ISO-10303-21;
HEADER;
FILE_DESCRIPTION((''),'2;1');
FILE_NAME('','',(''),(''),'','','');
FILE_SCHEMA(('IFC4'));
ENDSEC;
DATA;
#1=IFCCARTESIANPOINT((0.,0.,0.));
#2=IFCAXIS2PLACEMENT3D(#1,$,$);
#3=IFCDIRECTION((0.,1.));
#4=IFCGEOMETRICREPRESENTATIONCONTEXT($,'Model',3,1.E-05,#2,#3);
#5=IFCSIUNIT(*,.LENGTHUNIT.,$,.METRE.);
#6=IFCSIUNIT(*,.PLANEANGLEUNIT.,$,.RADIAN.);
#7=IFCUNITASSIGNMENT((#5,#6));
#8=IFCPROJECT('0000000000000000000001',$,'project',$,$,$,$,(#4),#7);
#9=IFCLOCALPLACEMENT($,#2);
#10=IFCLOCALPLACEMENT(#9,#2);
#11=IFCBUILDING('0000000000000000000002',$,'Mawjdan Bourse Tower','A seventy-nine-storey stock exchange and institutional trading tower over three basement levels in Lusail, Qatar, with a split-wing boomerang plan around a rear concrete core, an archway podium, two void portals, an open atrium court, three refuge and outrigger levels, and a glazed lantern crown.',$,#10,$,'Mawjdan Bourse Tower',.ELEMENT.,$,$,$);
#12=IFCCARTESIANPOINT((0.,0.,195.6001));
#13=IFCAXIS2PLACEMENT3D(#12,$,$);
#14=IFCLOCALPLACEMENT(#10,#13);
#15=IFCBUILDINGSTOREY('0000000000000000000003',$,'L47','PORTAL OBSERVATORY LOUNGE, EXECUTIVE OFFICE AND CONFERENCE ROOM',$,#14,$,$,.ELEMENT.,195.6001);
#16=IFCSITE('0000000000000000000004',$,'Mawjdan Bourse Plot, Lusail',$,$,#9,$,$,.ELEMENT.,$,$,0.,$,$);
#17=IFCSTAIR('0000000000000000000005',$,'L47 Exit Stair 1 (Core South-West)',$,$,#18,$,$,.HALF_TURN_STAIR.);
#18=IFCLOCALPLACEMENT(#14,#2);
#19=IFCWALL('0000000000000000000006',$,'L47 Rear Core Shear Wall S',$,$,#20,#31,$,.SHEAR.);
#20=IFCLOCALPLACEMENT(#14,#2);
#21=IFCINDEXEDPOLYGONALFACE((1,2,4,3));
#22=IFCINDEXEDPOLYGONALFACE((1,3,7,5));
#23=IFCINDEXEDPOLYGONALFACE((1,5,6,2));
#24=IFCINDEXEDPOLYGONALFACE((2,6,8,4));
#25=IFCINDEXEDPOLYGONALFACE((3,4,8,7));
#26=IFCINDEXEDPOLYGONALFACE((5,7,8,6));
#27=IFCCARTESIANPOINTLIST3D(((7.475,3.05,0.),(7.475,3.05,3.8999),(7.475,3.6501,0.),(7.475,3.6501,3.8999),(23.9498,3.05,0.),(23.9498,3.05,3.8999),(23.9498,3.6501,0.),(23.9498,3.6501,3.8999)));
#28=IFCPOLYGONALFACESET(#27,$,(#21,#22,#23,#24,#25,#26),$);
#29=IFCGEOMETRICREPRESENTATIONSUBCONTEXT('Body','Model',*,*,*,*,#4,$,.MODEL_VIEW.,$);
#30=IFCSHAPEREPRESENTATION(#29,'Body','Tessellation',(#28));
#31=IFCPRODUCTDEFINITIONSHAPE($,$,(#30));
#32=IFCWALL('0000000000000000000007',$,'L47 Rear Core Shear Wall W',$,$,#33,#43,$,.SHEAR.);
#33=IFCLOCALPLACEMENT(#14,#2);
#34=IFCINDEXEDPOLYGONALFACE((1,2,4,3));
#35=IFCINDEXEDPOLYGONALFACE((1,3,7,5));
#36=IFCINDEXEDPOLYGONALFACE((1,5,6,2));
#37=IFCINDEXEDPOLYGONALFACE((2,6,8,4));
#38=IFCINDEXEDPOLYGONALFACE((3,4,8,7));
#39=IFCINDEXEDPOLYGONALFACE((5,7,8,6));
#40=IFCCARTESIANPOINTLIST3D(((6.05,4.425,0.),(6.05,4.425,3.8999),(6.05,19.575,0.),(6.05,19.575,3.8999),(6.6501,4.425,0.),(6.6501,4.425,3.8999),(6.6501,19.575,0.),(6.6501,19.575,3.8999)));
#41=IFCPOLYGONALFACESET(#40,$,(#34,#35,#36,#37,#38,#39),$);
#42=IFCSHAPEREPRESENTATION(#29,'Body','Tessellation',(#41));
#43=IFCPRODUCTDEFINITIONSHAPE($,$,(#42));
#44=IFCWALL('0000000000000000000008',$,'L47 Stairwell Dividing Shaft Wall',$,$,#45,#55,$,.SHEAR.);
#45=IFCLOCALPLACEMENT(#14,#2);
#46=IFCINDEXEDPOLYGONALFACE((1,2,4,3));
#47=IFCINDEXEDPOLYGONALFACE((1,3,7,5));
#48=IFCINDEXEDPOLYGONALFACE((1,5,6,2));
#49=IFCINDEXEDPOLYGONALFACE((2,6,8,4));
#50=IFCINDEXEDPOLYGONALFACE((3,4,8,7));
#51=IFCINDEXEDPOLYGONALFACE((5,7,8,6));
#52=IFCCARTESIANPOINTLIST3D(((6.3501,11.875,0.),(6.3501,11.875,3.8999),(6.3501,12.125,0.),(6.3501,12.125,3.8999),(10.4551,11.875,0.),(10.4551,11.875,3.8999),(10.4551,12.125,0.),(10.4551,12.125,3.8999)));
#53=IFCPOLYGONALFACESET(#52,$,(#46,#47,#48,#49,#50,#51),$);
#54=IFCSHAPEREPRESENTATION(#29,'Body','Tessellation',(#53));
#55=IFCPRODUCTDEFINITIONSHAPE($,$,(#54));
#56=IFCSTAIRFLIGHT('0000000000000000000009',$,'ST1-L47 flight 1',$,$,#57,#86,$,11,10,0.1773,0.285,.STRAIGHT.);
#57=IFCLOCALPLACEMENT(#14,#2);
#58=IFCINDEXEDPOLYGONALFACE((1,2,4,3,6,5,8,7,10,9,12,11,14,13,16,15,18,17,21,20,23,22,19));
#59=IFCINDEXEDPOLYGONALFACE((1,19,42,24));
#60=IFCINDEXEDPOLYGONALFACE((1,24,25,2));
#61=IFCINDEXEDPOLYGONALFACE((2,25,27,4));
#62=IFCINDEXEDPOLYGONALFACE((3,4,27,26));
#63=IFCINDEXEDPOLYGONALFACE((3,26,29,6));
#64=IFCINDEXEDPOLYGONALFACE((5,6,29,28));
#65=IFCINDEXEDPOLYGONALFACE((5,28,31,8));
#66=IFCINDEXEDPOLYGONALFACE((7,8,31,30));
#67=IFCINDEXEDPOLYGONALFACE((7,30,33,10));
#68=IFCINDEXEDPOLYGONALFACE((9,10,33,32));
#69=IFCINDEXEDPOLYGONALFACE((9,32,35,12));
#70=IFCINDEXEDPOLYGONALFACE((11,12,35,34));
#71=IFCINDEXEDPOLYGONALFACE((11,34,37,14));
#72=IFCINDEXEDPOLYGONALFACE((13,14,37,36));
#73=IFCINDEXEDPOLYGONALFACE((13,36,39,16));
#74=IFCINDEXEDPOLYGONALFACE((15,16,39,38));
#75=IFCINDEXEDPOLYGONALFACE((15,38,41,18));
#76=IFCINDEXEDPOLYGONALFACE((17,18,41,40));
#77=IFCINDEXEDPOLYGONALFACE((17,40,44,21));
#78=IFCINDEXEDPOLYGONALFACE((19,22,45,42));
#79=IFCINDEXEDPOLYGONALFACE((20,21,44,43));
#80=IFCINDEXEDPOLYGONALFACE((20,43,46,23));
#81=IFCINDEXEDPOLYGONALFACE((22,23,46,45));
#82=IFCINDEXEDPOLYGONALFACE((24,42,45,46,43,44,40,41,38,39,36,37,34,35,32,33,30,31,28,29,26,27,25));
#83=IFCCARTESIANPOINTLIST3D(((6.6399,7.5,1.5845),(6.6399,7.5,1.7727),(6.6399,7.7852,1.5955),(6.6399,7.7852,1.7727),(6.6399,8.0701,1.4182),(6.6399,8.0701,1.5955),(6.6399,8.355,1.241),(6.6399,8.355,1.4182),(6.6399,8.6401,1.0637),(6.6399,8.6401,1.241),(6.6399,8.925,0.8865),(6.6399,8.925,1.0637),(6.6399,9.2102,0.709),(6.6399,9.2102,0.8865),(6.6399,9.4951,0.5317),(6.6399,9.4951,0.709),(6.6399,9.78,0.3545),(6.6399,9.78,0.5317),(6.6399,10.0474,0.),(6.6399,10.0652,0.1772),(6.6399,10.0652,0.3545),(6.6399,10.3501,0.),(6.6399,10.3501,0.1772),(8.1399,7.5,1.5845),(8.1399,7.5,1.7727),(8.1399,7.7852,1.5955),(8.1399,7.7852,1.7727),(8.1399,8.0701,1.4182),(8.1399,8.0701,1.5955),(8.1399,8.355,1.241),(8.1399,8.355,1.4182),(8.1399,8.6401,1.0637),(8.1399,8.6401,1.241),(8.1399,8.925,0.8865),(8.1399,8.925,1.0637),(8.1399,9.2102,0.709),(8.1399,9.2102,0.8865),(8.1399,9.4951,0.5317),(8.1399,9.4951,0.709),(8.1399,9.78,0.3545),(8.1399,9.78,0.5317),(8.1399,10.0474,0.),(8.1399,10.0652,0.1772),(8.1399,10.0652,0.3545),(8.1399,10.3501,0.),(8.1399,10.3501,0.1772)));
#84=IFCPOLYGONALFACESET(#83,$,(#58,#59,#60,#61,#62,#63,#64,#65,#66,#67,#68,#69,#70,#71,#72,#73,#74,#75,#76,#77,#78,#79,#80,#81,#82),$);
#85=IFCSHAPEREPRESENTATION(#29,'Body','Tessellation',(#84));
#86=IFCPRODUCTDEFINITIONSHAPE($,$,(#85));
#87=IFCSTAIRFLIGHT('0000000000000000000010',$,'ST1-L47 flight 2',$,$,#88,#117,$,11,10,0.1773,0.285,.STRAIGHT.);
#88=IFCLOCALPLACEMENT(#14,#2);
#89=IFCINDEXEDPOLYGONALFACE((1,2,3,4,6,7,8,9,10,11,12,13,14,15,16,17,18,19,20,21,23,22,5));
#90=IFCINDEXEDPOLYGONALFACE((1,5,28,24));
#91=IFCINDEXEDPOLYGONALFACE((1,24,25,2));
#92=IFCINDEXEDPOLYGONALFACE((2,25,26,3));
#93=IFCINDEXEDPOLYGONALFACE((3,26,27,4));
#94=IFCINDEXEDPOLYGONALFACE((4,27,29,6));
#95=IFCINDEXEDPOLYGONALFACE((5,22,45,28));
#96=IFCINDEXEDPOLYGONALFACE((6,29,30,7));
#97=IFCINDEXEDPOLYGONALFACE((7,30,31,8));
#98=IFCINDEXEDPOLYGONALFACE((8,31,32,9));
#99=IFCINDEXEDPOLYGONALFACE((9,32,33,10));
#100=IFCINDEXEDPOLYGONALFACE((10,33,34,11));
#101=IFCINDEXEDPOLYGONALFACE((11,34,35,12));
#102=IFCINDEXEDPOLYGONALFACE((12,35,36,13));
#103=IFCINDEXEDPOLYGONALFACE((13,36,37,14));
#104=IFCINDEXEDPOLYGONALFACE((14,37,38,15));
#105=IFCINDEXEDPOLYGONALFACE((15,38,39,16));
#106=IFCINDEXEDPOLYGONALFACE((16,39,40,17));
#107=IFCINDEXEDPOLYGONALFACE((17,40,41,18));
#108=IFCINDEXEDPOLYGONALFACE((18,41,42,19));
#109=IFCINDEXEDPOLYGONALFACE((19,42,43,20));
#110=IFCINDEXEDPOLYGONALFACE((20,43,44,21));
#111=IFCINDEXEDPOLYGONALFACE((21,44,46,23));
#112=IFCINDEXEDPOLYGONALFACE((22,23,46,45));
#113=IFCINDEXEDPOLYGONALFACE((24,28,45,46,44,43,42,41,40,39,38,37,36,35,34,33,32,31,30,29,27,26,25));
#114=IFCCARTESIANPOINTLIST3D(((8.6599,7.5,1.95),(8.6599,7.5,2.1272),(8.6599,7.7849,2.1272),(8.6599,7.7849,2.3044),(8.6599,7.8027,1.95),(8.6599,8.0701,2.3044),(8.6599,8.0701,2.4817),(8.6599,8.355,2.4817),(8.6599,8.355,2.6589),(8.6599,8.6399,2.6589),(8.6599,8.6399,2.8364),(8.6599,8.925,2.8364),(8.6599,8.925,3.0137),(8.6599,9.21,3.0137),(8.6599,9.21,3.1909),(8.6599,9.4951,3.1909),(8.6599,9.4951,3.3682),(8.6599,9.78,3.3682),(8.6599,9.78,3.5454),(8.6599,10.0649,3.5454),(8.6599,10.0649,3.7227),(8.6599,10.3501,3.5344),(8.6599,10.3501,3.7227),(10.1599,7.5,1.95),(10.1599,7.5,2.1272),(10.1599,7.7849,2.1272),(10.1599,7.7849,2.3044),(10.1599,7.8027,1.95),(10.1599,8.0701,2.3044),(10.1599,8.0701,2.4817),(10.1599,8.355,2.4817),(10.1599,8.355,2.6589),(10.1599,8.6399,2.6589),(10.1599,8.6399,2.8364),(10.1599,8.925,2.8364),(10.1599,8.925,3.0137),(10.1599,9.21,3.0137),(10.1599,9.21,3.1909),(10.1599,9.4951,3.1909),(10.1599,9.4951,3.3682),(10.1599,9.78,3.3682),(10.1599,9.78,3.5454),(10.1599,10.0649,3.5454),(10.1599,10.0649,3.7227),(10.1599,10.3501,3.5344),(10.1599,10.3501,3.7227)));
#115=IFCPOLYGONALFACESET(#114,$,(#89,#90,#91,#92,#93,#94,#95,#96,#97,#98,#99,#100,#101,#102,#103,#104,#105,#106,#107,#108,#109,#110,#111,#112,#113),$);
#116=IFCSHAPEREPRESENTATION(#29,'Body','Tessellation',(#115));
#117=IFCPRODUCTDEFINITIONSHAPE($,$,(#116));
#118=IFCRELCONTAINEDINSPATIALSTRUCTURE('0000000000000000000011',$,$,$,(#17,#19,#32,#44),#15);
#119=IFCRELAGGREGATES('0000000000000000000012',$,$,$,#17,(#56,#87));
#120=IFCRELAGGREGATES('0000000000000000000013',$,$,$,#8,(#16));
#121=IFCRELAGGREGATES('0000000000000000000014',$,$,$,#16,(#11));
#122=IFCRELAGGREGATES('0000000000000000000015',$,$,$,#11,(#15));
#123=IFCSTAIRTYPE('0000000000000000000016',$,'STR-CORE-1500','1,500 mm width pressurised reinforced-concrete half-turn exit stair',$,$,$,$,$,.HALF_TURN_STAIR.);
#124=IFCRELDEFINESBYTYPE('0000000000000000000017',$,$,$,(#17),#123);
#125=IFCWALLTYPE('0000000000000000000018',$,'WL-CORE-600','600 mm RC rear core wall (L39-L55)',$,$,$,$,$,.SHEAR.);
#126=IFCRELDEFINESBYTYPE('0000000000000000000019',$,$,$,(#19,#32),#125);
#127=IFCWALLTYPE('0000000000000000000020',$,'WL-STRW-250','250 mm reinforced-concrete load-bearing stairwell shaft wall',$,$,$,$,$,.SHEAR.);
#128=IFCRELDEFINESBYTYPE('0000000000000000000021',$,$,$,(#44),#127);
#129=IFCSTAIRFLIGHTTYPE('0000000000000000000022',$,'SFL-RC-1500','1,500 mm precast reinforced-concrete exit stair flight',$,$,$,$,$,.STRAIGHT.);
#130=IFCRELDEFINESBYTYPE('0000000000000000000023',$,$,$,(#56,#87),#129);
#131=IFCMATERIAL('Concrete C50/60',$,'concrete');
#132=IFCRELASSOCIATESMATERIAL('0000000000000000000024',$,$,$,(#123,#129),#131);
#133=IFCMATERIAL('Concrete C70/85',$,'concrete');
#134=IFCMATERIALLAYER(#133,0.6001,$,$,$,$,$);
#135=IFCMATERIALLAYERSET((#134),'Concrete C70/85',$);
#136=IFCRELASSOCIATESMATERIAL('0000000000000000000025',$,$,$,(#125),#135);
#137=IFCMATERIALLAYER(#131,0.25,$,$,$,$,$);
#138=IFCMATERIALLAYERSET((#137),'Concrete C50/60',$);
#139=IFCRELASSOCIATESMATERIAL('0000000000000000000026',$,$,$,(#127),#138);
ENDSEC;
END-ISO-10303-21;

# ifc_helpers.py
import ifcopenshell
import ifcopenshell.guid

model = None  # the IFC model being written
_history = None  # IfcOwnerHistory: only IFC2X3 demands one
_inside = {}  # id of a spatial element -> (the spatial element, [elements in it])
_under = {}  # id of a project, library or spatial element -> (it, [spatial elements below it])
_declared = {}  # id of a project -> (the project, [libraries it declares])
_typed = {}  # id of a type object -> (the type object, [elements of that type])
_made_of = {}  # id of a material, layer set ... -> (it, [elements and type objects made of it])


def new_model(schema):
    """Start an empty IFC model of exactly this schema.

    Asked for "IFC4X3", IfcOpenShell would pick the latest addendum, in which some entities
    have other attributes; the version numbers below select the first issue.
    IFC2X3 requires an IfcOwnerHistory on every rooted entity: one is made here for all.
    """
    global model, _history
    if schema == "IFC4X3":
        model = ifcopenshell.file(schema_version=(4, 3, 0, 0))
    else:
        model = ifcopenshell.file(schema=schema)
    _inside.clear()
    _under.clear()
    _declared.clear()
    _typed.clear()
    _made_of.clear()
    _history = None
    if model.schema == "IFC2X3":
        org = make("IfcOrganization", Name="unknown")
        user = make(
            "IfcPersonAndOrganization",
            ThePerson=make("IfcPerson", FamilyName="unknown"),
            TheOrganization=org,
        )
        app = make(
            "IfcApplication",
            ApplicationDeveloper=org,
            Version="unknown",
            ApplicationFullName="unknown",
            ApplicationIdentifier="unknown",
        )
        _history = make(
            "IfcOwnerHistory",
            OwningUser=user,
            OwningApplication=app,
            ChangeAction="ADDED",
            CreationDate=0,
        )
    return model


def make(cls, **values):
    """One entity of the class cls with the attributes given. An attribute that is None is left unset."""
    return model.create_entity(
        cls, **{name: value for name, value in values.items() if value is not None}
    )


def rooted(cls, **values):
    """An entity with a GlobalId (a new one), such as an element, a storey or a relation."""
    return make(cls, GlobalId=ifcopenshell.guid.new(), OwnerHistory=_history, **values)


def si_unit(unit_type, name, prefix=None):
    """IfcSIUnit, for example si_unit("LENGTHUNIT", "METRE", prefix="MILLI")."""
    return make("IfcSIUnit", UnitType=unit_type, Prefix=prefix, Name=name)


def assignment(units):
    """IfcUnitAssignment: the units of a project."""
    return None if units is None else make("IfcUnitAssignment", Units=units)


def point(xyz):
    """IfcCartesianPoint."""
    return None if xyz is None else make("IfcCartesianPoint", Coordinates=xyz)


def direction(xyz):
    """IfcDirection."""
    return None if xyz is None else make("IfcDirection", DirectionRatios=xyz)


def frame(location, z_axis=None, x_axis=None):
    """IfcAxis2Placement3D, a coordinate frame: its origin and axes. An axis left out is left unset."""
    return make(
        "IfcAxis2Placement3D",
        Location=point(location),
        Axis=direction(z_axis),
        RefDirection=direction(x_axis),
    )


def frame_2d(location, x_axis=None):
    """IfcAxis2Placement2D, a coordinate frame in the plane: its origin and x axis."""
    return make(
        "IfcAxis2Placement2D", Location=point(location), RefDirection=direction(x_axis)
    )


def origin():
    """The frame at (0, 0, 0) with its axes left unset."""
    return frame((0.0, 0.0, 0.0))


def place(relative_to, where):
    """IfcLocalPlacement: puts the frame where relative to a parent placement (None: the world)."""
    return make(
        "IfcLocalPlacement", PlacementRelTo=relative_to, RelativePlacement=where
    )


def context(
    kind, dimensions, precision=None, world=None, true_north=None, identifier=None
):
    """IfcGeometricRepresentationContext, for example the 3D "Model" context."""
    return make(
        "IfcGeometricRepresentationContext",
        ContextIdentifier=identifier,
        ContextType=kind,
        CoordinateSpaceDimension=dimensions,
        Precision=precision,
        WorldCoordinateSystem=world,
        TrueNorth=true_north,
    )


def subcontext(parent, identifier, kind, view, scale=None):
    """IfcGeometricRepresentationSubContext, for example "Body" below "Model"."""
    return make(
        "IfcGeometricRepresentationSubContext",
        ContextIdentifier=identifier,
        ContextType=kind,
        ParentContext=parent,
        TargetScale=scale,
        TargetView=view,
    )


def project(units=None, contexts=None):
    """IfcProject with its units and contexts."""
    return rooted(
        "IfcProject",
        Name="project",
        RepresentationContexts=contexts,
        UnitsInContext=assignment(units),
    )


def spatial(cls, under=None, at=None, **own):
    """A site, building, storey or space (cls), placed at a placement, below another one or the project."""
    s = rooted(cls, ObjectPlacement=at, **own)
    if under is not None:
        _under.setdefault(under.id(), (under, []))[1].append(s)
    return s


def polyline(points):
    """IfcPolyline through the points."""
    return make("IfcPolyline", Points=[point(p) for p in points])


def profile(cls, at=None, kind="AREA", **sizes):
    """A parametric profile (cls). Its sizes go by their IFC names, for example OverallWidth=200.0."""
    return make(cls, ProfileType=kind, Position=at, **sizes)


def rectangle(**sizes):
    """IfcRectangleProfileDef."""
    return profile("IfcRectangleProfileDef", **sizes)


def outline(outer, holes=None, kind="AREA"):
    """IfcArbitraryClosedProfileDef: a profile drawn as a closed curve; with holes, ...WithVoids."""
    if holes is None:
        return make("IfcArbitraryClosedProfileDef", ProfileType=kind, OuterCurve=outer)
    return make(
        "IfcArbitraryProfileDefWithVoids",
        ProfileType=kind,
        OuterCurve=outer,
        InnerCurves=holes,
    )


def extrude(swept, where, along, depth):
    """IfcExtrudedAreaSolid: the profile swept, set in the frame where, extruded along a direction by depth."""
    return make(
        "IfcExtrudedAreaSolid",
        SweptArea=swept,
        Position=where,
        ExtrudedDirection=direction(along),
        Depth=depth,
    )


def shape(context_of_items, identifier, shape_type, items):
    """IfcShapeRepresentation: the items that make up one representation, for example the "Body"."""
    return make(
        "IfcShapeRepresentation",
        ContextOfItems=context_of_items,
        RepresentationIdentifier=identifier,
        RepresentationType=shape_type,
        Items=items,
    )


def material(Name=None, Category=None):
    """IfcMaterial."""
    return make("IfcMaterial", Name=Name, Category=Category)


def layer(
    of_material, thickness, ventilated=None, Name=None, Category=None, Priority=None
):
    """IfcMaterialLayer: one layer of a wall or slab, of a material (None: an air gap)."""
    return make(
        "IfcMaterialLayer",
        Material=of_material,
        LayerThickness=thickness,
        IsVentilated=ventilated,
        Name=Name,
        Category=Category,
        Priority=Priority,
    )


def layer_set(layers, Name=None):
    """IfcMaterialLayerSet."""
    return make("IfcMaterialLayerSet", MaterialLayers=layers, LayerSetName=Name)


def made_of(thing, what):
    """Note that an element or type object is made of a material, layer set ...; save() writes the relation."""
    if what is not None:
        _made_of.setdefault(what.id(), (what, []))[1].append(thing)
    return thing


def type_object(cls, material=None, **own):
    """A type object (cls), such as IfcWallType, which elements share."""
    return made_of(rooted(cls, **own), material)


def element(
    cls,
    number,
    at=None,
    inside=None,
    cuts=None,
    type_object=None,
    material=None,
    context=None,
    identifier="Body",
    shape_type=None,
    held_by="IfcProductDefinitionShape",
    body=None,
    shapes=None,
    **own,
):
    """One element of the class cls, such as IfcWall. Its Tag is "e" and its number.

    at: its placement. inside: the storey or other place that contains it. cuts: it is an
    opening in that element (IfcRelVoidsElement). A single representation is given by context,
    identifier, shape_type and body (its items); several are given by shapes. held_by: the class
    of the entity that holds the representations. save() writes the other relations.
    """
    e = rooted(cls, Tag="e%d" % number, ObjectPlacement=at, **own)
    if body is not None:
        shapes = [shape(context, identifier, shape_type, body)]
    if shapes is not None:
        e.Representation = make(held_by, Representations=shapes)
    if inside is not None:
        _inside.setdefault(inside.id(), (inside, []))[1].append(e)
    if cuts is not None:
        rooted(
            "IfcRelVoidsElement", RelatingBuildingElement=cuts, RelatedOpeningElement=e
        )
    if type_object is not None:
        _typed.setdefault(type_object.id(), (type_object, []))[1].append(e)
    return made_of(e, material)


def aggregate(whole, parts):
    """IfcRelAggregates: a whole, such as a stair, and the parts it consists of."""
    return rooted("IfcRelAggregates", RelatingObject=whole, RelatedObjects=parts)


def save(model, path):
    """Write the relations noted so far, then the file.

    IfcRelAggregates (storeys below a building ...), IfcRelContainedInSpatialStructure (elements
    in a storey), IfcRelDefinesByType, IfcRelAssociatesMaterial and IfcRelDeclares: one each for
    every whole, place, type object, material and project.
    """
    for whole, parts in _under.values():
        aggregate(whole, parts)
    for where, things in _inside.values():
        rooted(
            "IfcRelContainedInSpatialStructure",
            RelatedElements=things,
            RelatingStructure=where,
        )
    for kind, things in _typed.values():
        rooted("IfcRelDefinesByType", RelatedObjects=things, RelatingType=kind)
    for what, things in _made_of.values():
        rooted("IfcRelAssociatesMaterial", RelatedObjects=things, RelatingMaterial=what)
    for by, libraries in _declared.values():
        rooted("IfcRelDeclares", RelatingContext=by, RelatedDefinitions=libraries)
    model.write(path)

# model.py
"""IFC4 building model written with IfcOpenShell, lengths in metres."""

from ifc_helpers import new_model, si_unit, direction, frame, frame_2d, origin, place, context, subcontext, project, spatial, polyline, rectangle, outline, extrude, material, layer, layer_set, type_object, element, aggregate, save


model = new_model("IFC4")

# Units and contexts
model_context = context("Model", 3, precision=1e-05, world=origin(), true_north=direction((0.0, 1.0)))
body_context = subcontext(model_context, "Body", "Model", "MODEL_VIEW")
ifc_project = project(units=[si_unit("LENGTHUNIT", "METRE"), si_unit("PLANEANGLEUNIT", "RADIAN")], contexts=[model_context])

# Site, building, storey
site_placement = place(None, origin())
site = spatial("IfcSite", under=ifc_project, at=site_placement, Name="Mawjdan Bourse Plot, Lusail", CompositionType="ELEMENT", RefElevation=0.0)
building_placement = place(site_placement, origin())
building = spatial("IfcBuilding", under=site, at=building_placement, Name="Mawjdan Bourse Tower", Description="A seventy-nine-storey stock exchange and institutional trading tower over three basement levels in Lusail, Qatar, with a split-wing boomerang plan around a rear concrete core, an archway podium, two void portals, an open atrium court, three refuge and outrigger levels, and a glazed lantern crown.", LongName="Mawjdan Bourse Tower", CompositionType="ELEMENT")
storey_placement = place(building_placement, frame((0.0, 0.0, 195.6001)))
storey = spatial("IfcBuildingStorey", under=building, at=storey_placement, Name="L47", Description="PORTAL OBSERVATORY LOUNGE, EXECUTIVE OFFICE AND CONFERENCE ROOM", CompositionType="ELEMENT", Elevation=195.6001)

# Stair
ifc_material_1 = material(Name="Concrete C50/60", Category="concrete")
stair_type = type_object("IfcStairType", Name="STR-CORE-1500", Description="1,500 mm width pressurised reinforced-concrete half-turn exit stair", PredefinedType="HALF_TURN_STAIR", material=ifc_material_1)
stair_1_placement = place(storey_placement, origin())
stair_1 = element("IfcStair", 1, at=stair_1_placement, inside=storey, type_object=stair_type, Name="L47 Exit Stair 1 (Core South-West)", PredefinedType="HALF_TURN_STAIR")

# Walls
ifc_material_2 = material(Name="Concrete C70/85", Category="concrete")
ifc_layer_1 = layer(ifc_material_2, 0.6001)
ifc_layer_set_1 = layer_set([ifc_layer_1], Name="Concrete C70/85")
wall_type_1 = type_object("IfcWallType", Name="WL-CORE-600", Description="600 mm RC rear core wall (L39-L55)", PredefinedType="SHEAR", material=ifc_layer_set_1)
wall_1_placement = place(storey_placement, frame((7.4751, 3.3501, 0.0), z_axis=(0.0, 0.0, 1.0), x_axis=(1.0, 0.0, 0.0)))
element("IfcWall", 2, at=wall_1_placement, inside=storey, type_object=wall_type_1, Name="L47 Rear Core Shear Wall S", PredefinedType="SHEAR", context=body_context, shape_type="SweptSolid", body=[
    extrude(rectangle(XDim=16.4749, YDim=0.6001, at=frame_2d((8.2373, 0.0))), origin(), (0.0, 0.0, 1.0), 3.8999),
])
wall_2_placement = place(storey_placement, frame((6.3501, 4.425, 0.0), z_axis=(0.0, 0.0, 1.0), x_axis=(0.0, 1.0, 0.0)))
element("IfcWall", 3, at=wall_2_placement, inside=storey, type_object=wall_type_1, Name="L47 Rear Core Shear Wall W", PredefinedType="SHEAR", context=body_context, shape_type="SweptSolid", body=[
    extrude(rectangle(XDim=15.1499, YDim=0.6001, at=frame_2d((7.575, 0.0))), origin(), (0.0, 0.0, 1.0), 3.8999),
])
ifc_layer_2 = layer(ifc_material_1, 0.25)
ifc_layer_set_2 = layer_set([ifc_layer_2], Name="Concrete C50/60")
wall_type_2 = type_object("IfcWallType", Name="WL-STRW-250", Description="250 mm reinforced-concrete load-bearing stairwell shaft wall", PredefinedType="SHEAR", material=ifc_layer_set_2)
wall_3_placement = place(storey_placement, frame((6.3501, 12.0, 0.0), z_axis=(0.0, 0.0, 1.0), x_axis=(1.0, 0.0, 0.0)))
element("IfcWall", 4, at=wall_3_placement, inside=storey, type_object=wall_type_2, Name="L47 Stairwell Dividing Shaft Wall", PredefinedType="SHEAR", context=body_context, shape_type="SweptSolid", body=[
    extrude(rectangle(XDim=4.105, YDim=0.25, at=frame_2d((2.0525, 0.0))), origin(), (0.0, 0.0, 1.0), 3.8999),
])

# Stair flights
stair_flight_type = type_object("IfcStairFlightType", Name="SFL-RC-1500", Description="1,500 mm precast reinforced-concrete exit stair flight", PredefinedType="STRAIGHT", material=ifc_material_1)
stair_flight_1_placement = place(storey_placement, frame((7.3899, 10.3501, 0.0), z_axis=(0.0, 0.0, 1.0), x_axis=(0.0, -1.0, 0.0)))
stair_flight_1 = element("IfcStairFlight", 5, at=stair_flight_1_placement, type_object=stair_flight_type, Name="ST1-L47 flight 1", NumberOfRisers=11, NumberOfTreads=10, PredefinedType="STRAIGHT", RiserHeight=0.1773, TreadLength=0.285, context=body_context, shape_type="SweptSolid", body=[
    extrude(outline(polyline([(0.0, 0.0), (0.0, 0.1772), (0.2849, 0.1772), (0.2849, 0.3545), (0.5701, 0.3545), (0.5701, 0.5317), (0.855, 0.5317), (0.855, 0.709), (1.1399, 0.709), (1.1399, 0.8865), (1.425, 0.8865), (1.425, 1.0637), (1.71, 1.0637), (1.71, 1.241), (1.9951, 1.241), (1.9951, 1.4182), (2.28, 1.4182), (2.28, 1.5955), (2.5649, 1.5955), (2.5649, 1.7727), (2.8501, 1.7727), (2.8501, 1.95), (2.8501, 1.5845), (0.3027, 0.0), (0.0, 0.0)])), frame((0.0, 0.75, 0.0), z_axis=(0.0, -1.0, 0.0), x_axis=(1.0, 0.0, 0.0)), (0.0, 0.0, 1.0), 1.5),
])
stair_flight_2_placement = place(storey_placement, frame((9.4099, 7.5, 1.95), z_axis=(0.0, 0.0, 1.0), x_axis=(0.0, 1.0, 0.0)))
stair_flight_2 = element("IfcStairFlight", 6, at=stair_flight_2_placement, type_object=stair_flight_type, Name="ST1-L47 flight 2", NumberOfRisers=11, NumberOfTreads=10, PredefinedType="STRAIGHT", RiserHeight=0.1773, TreadLength=0.285, context=body_context, shape_type="SweptSolid", body=[
    extrude(outline(polyline([(0.0, 0.0), (0.0, 0.1772), (0.2849, 0.1772), (0.2849, 0.3545), (0.5701, 0.3545), (0.5701, 0.5317), (0.855, 0.5317), (0.855, 0.709), (1.1399, 0.709), (1.1399, 0.8865), (1.425, 0.8865), (1.425, 1.0637), (1.71, 1.0637), (1.71, 1.241), (1.9951, 1.241), (1.9951, 1.4182), (2.28, 1.4182), (2.28, 1.5955), (2.5649, 1.5955), (2.5649, 1.7727), (2.8501, 1.7727), (2.8501, 1.95), (2.8501, 1.5845), (0.3027, 0.0), (0.0, 0.0)])), frame((0.0, 0.75, 0.0), z_axis=(0.0, -1.0, 0.0), x_axis=(1.0, 0.0, 0.0)), (0.0, 0.0, 1.0), 1.5),
])
aggregate(stair_1, [stair_flight_1, stair_flight_2])

save(model, "model.ifc")
